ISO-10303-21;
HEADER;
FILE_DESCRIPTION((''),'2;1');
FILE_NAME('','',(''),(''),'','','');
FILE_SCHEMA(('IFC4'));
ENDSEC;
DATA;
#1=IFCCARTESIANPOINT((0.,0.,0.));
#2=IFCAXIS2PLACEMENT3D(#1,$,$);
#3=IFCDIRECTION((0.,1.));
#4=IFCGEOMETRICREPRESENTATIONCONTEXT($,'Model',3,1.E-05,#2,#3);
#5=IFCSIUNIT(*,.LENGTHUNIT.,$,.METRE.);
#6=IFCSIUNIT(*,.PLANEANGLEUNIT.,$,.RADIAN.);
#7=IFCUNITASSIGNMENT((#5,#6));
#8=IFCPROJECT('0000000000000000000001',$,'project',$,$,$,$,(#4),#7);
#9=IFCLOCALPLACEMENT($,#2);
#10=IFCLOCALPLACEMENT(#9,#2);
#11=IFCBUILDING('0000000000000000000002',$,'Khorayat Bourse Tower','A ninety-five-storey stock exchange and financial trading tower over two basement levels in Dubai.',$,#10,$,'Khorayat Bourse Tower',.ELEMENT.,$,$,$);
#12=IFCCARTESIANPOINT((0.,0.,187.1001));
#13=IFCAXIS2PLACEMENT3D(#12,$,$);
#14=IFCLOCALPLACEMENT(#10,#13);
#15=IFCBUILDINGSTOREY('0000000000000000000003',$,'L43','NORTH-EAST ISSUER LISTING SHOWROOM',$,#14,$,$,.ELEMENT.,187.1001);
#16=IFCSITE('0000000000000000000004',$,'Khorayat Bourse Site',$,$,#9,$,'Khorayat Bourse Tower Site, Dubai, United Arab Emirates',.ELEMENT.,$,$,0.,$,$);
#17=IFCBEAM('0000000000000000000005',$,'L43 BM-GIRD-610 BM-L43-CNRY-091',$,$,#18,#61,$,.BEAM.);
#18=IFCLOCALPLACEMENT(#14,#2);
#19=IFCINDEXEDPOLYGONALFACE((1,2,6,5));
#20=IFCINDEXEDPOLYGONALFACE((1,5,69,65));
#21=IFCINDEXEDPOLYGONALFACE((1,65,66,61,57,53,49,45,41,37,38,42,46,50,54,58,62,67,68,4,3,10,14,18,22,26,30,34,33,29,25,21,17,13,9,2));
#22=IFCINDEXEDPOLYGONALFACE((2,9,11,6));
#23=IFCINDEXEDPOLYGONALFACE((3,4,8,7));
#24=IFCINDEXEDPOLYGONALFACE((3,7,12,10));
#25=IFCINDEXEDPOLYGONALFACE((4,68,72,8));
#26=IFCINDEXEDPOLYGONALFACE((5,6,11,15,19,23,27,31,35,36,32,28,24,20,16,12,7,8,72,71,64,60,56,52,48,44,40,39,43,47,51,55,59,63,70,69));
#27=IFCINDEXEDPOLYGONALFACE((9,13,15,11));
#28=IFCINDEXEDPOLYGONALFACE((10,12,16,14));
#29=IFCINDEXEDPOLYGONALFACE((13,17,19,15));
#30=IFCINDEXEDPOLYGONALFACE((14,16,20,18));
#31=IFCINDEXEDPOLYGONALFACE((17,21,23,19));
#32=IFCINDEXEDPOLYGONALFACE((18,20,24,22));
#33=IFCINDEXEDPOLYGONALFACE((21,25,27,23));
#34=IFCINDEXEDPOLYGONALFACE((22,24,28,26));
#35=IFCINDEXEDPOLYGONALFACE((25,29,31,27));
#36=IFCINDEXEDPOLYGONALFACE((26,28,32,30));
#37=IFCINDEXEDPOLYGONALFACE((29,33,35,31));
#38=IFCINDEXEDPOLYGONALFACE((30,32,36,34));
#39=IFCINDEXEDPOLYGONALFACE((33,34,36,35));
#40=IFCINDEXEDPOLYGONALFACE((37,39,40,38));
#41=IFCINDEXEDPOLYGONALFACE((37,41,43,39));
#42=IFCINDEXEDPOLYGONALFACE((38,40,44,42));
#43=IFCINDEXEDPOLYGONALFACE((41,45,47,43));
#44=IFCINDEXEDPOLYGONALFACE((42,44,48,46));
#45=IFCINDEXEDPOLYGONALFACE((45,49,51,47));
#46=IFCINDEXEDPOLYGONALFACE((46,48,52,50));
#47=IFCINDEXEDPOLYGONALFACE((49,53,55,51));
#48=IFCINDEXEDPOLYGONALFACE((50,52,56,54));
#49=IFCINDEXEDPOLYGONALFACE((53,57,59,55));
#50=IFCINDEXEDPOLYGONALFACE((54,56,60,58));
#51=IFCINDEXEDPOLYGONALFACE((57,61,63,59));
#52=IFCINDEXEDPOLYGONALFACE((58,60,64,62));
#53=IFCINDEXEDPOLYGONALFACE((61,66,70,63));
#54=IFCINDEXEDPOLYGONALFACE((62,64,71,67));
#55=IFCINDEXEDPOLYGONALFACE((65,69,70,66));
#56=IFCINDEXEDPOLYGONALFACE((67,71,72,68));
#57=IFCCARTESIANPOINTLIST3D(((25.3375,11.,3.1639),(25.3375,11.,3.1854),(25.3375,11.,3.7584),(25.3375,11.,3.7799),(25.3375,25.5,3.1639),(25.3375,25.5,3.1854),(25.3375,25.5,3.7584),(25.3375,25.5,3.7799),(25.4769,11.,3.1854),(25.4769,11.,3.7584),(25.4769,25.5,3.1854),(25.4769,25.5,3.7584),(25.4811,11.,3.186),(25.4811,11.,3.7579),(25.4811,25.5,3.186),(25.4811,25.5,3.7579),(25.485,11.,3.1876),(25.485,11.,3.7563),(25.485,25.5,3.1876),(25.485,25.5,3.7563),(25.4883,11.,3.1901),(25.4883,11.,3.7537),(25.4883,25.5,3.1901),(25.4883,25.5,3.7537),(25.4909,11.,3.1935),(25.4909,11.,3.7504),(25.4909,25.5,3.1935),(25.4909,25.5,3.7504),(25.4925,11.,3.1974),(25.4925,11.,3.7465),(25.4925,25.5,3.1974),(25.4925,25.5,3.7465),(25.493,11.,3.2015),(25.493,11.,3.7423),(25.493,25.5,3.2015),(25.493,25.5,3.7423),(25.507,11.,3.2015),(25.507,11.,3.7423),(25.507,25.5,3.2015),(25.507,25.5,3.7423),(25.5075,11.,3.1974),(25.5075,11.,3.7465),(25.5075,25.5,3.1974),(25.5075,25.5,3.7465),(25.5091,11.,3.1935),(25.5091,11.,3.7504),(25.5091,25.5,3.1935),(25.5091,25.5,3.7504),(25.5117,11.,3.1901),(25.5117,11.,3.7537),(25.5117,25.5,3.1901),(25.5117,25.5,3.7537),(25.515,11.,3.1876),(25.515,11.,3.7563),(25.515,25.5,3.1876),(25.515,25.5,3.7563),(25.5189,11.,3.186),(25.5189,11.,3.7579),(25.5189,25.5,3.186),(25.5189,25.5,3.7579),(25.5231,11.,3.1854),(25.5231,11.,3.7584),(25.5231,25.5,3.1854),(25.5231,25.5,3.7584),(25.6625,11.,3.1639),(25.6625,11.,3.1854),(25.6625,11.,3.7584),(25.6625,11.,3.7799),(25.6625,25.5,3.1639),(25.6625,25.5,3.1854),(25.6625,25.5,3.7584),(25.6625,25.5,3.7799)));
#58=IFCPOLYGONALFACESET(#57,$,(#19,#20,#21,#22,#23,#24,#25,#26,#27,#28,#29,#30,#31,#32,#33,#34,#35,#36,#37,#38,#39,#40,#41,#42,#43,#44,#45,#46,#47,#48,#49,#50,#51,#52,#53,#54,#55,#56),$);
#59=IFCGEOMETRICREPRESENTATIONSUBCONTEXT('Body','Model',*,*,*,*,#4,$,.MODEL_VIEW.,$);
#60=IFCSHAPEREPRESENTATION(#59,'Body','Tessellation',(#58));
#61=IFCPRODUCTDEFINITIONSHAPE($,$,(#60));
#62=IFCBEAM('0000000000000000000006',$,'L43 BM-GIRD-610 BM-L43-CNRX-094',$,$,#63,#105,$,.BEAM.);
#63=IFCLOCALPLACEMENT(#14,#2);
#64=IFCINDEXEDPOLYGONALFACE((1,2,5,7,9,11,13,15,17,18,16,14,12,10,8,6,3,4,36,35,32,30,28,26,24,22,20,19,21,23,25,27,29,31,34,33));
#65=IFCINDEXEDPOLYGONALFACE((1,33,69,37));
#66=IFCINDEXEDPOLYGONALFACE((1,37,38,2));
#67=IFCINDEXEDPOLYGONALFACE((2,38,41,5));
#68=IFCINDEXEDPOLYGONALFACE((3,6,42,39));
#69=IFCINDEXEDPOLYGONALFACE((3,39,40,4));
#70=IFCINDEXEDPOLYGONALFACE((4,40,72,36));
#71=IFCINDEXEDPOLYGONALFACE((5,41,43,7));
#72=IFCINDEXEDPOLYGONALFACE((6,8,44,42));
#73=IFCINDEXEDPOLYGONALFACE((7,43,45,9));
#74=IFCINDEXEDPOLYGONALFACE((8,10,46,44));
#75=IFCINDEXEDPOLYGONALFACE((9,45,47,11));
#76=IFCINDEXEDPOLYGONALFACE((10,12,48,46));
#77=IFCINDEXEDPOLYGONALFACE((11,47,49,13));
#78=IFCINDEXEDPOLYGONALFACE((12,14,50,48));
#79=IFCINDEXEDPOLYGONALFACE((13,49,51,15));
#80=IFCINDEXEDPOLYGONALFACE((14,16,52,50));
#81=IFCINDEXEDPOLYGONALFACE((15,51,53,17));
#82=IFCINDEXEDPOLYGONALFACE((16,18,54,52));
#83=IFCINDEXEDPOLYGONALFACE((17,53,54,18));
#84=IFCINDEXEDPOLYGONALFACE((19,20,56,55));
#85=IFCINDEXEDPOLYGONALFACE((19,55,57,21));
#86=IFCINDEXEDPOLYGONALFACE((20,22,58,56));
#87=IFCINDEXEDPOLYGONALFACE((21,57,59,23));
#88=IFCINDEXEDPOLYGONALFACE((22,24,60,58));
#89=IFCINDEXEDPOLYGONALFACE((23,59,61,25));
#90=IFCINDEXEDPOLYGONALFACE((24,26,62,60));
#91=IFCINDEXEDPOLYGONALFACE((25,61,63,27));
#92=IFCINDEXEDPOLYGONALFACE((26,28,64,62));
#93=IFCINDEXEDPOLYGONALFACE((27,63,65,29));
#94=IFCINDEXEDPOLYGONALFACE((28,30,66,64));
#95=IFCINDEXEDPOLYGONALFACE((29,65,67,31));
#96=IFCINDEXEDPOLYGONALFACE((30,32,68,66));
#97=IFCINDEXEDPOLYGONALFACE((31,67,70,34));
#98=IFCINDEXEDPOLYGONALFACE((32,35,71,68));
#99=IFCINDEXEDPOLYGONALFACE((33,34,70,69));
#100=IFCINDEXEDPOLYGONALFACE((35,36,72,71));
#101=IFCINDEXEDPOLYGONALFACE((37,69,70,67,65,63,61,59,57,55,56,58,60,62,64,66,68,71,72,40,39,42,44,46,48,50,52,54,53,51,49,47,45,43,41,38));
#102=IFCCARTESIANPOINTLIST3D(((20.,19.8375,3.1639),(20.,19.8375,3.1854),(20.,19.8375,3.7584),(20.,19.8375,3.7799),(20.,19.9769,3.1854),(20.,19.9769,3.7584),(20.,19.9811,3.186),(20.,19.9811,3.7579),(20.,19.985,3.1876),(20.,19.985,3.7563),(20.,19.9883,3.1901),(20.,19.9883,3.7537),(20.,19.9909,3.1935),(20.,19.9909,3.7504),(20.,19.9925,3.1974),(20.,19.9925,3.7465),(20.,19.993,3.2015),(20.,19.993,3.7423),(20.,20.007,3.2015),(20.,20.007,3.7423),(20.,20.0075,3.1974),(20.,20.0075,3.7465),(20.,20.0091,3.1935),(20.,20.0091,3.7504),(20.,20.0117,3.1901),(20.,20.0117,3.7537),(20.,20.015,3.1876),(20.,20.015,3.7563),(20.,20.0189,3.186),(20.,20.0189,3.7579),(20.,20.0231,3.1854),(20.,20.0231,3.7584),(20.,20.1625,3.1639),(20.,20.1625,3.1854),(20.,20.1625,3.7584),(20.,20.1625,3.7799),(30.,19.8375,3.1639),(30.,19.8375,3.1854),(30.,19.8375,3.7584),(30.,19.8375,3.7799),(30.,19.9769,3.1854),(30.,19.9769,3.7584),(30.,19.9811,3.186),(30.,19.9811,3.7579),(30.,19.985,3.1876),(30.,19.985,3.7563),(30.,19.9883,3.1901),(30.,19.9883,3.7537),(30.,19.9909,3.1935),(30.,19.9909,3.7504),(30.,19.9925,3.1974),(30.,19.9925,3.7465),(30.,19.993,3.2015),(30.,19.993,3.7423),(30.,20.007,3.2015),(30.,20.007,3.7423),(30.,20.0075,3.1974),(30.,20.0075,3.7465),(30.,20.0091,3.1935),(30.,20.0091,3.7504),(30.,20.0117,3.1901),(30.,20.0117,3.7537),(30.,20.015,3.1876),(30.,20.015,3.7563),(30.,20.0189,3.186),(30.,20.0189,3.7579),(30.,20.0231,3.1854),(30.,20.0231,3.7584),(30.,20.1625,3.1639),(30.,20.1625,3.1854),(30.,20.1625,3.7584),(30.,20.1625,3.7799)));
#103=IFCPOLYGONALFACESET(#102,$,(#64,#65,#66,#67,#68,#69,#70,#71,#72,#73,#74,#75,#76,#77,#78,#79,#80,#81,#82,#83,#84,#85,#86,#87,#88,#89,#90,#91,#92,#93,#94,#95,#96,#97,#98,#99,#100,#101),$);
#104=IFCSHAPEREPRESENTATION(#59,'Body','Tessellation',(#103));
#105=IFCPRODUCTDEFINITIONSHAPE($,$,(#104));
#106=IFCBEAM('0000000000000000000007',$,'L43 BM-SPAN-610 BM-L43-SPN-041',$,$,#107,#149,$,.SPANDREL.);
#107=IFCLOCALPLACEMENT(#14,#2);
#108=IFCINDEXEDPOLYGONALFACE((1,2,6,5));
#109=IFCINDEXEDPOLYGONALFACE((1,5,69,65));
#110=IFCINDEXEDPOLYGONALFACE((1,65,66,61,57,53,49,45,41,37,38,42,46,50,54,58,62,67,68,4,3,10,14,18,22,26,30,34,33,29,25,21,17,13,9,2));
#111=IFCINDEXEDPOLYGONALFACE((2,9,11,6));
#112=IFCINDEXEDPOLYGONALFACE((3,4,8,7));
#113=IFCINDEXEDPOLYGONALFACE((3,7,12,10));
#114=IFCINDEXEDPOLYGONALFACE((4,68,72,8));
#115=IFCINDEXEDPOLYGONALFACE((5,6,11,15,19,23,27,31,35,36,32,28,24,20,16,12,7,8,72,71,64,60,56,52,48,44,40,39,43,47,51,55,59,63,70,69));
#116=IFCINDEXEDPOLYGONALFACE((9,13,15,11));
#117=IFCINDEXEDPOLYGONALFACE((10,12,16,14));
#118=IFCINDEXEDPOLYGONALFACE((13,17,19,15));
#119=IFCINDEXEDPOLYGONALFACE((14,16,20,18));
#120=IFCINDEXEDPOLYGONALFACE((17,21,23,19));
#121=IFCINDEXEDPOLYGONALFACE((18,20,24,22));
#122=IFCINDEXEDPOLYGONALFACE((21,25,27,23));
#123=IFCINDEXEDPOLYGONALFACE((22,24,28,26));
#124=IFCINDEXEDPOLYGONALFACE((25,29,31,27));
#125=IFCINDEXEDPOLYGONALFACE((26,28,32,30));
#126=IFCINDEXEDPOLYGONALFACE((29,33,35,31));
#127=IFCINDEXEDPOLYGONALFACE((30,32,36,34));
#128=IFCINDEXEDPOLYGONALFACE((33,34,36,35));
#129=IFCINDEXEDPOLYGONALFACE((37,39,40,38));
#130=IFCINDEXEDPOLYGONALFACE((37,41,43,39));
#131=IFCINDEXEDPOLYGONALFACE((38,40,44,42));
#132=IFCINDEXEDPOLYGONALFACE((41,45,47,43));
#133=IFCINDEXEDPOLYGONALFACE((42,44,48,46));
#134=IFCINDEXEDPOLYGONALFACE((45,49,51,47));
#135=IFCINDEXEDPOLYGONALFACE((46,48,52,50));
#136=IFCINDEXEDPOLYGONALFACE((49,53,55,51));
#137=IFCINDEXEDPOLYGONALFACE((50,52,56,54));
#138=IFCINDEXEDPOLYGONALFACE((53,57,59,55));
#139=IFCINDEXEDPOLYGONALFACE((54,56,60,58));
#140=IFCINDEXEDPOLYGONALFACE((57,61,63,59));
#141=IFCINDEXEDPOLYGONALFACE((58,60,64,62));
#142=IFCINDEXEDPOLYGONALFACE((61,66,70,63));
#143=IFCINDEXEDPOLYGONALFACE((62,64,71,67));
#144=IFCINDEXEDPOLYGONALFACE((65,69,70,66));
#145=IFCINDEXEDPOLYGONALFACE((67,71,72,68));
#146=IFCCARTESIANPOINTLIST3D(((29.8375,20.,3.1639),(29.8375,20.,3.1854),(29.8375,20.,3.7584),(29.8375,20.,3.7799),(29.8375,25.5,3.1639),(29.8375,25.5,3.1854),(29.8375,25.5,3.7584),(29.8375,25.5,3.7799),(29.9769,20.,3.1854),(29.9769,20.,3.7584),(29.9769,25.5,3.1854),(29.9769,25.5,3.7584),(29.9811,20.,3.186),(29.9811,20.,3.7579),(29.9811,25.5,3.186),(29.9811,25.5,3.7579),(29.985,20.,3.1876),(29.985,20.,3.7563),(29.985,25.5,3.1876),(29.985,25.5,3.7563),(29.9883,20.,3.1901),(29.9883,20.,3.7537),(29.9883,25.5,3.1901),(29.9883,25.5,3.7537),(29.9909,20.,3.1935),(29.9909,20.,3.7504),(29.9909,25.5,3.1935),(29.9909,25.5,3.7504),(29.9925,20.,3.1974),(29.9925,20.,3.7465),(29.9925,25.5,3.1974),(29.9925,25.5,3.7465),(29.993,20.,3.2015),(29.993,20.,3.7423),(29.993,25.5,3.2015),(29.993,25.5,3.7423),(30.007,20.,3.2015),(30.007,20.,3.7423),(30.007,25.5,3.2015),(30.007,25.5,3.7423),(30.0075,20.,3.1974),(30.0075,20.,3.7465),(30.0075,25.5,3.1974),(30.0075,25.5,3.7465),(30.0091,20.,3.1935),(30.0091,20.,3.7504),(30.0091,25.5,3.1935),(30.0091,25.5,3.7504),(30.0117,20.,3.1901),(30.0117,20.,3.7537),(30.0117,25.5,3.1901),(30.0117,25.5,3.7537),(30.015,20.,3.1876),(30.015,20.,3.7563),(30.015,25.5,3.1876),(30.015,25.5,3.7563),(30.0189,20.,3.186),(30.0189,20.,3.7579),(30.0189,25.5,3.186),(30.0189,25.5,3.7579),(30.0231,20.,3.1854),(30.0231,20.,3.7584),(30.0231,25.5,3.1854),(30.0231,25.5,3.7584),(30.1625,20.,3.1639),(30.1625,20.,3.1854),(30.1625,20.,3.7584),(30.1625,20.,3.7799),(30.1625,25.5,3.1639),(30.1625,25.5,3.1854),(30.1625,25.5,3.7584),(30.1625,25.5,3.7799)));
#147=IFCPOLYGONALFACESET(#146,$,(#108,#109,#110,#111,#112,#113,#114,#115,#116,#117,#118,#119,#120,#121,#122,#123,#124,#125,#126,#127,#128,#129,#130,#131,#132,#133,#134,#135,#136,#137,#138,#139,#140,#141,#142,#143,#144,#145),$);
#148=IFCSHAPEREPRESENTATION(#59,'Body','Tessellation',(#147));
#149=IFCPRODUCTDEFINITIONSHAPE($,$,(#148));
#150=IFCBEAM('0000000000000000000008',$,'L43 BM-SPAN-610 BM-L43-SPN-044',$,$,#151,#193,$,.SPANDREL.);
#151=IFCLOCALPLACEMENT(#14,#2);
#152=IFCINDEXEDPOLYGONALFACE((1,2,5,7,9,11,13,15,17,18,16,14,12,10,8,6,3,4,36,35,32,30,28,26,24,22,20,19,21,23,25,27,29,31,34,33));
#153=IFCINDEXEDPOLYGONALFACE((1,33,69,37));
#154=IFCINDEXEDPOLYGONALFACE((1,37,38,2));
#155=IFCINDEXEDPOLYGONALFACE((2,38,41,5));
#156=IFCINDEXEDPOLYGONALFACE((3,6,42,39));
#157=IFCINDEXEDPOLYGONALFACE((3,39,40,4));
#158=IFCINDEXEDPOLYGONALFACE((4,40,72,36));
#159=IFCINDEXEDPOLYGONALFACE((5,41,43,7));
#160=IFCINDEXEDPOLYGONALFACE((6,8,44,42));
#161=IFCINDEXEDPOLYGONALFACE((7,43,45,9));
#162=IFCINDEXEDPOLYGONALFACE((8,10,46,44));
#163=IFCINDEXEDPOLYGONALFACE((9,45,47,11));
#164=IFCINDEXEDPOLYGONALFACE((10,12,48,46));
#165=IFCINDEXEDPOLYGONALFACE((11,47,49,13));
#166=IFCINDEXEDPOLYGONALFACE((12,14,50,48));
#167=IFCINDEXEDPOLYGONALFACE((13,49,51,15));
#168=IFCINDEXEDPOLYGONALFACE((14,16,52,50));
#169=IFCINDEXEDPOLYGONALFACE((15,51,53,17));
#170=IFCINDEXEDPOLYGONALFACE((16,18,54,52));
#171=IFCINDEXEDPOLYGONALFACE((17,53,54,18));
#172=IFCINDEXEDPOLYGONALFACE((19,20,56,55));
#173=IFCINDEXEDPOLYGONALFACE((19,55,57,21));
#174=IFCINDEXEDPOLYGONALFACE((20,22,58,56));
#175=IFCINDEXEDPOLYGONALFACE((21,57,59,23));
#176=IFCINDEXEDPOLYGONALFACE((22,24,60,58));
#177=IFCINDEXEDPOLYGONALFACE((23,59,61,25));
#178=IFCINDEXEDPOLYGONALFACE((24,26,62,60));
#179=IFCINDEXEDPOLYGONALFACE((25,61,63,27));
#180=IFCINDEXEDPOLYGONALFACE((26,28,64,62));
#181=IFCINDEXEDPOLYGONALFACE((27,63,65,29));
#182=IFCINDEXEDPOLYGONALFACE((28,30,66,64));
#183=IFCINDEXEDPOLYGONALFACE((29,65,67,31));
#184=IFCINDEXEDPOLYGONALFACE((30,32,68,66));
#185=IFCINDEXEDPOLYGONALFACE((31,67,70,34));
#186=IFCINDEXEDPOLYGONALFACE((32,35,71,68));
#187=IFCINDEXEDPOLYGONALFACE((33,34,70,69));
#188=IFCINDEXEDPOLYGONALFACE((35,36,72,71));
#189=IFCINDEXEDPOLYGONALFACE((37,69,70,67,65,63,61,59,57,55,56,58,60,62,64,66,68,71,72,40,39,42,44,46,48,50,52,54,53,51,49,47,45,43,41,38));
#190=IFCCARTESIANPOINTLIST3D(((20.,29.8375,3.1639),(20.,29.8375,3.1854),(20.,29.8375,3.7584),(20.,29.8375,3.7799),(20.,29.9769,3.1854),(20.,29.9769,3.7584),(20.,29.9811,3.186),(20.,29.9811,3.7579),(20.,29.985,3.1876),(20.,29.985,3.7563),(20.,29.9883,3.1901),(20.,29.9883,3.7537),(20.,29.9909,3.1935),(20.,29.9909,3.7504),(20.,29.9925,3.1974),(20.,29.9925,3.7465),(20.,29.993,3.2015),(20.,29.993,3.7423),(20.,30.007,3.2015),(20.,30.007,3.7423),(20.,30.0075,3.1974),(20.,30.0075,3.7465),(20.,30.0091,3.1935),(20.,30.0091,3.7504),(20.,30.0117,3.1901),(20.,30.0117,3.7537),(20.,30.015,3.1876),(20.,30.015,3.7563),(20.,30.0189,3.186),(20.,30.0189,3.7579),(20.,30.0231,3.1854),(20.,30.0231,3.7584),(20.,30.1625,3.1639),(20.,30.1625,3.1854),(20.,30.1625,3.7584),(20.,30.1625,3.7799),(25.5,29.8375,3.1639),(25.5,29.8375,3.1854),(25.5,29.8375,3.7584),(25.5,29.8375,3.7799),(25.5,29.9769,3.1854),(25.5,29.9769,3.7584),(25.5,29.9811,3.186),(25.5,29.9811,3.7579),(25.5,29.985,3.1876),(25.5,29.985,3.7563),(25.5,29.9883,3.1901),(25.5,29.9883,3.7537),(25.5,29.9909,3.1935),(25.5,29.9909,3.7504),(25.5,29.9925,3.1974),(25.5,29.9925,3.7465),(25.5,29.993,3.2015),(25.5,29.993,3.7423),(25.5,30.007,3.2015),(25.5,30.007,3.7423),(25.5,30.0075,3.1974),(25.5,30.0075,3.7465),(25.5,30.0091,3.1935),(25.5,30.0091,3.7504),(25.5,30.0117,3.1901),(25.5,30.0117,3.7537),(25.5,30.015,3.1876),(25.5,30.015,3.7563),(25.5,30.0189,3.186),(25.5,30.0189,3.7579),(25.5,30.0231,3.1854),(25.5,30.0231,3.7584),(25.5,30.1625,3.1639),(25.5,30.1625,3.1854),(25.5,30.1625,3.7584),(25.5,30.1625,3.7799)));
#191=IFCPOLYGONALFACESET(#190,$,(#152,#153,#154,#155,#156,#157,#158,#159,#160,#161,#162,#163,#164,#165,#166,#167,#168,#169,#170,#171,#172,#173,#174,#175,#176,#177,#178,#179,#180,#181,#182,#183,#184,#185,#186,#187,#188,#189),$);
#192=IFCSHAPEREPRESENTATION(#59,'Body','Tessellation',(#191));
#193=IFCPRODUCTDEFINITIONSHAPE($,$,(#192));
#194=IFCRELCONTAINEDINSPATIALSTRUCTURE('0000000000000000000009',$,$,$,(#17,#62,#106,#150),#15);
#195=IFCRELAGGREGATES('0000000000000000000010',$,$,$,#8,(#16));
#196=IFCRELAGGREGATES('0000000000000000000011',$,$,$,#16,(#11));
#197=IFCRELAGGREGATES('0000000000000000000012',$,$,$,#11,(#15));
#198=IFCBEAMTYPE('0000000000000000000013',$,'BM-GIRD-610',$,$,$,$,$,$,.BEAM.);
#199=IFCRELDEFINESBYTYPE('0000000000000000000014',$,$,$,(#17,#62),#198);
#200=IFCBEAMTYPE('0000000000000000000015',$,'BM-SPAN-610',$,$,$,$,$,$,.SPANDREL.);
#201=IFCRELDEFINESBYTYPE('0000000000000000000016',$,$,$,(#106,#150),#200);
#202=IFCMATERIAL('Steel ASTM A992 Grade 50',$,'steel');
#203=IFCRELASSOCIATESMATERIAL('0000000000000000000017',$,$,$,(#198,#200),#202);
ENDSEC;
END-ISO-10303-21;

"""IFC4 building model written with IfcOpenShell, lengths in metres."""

from ifc_helpers import new_model, si_unit, direction, frame, origin, origin_2d, place, context, subcontext, project, spatial, i_section, extrude, source, transform, mapped, material, material_profile, profile_set, type_object, element, save


model = new_model("IFC4")

# Units and contexts
model_context = context("Model", 3, precision=1e-05, world=origin(), true_north=direction((0.0, 1.0)))
body_context = subcontext(model_context, "Body", "Model", "MODEL_VIEW")
ifc_project = project(units=[si_unit("LENGTHUNIT", "METRE"), si_unit("PLANEANGLEUNIT", "RADIAN")], contexts=[model_context])

# Site, building, storey
site_placement = place(None, origin())
site = spatial("IfcSite", under=ifc_project, at=site_placement, Name="Khorayat Bourse Site", LongName="Khorayat Bourse Tower Site, Dubai, United Arab Emirates", CompositionType="ELEMENT", RefElevation=0.0)
building_placement = place(site_placement, origin())
building = spatial("IfcBuilding", under=site, at=building_placement, Name="Khorayat Bourse Tower", Description="A ninety-five-storey stock exchange and financial trading tower over two basement levels in Dubai.", LongName="Khorayat Bourse Tower", CompositionType="ELEMENT")
storey_placement = place(building_placement, frame((0.0, 0.0, 187.1001)))
storey = spatial("IfcBuildingStorey", under=building, at=storey_placement, Name="L43", Description="NORTH-EAST ISSUER LISTING SHOWROOM", CompositionType="ELEMENT", Elevation=187.1001)

# Beams
ifc_material_1 = material(Name="Steel ASTM A992 Grade 50", Category="steel")
ifc_material_profile_1 = material_profile(ifc_material_1, i_section(OverallWidth=0.325, OverallDepth=0.616, WebThickness=0.0139, FlangeThickness=0.0215, FilletRadius=0.0161, at=origin_2d()), Name="W610X174")
ifc_profile_set_1 = profile_set([ifc_material_profile_1], Name="Steel ASTM A992 Grade 50")
beam_type_1 = type_object("IfcBeamType", Name="BM-GIRD-610", PredefinedType="BEAM", material=ifc_profile_set_1)
shared_shape_1 = source(origin(), body_context, "Body", "SweptSolid", [
    extrude(i_section(OverallWidth=0.325, OverallDepth=0.616, WebThickness=0.0139, FlangeThickness=0.0215, FilletRadius=0.0161, at=origin_2d()), origin(), (0.0, 0.0, 1.0), 14.5),
])
beam_1_placement = place(storey_placement, frame((25.5, 11.0, 3.4719), z_axis=(0.0, 1.0, 0.0), x_axis=(-1.0, 0.0, 0.0)))
element("IfcBeam", 1, at=beam_1_placement, inside=storey, type_object=beam_type_1, Name="L43 BM-GIRD-610 BM-L43-CNRY-091", PredefinedType="BEAM", context=body_context, shape_type="MappedRepresentation", body=[
    mapped(shared_shape_1, transform((0.0, 0.0, 0.0), scale=1.0)),
])
shared_shape_2 = source(origin(), body_context, "Body", "SweptSolid", [
    extrude(i_section(OverallWidth=0.325, OverallDepth=0.616, WebThickness=0.0139, FlangeThickness=0.0215, FilletRadius=0.0161, at=origin_2d()), origin(), (0.0, 0.0, 1.0), 10.0),
])
beam_2_placement = place(storey_placement, frame((20.0, 20.0, 3.4719), z_axis=(1.0, 0.0, 0.0), x_axis=(0.0, 1.0, 0.0)))
element("IfcBeam", 2, at=beam_2_placement, inside=storey, type_object=beam_type_1, Name="L43 BM-GIRD-610 BM-L43-CNRX-094", PredefinedType="BEAM", context=body_context, shape_type="MappedRepresentation", body=[
    mapped(shared_shape_2, transform((0.0, 0.0, 0.0), scale=1.0)),
])
ifc_material_profile_2 = material_profile(ifc_material_1, i_section(OverallWidth=0.325, OverallDepth=0.616, WebThickness=0.0139, FlangeThickness=0.0215, FilletRadius=0.0161, at=origin_2d()), Name="W610X174")
ifc_profile_set_2 = profile_set([ifc_material_profile_2], Name="Steel ASTM A992 Grade 50")
beam_type_2 = type_object("IfcBeamType", Name="BM-SPAN-610", PredefinedType="SPANDREL", material=ifc_profile_set_2)
shared_shape_3 = source(origin(), body_context, "Body", "SweptSolid", [
    extrude(i_section(OverallWidth=0.325, OverallDepth=0.616, WebThickness=0.0139, FlangeThickness=0.0215, FilletRadius=0.0161, at=origin_2d()), origin(), (0.0, 0.0, 1.0), 5.5),
])
for number, where, z_axis, x_axis, name in (
    (3, (30.0, 20.0, 3.4719), (0.0, 1.0, 0.0), (-1.0, 0.0, 0.0), "L43 BM-SPAN-610 BM-L43-SPN-041"),
    (4, (20.0, 30.0, 3.4719), (1.0, 0.0, 0.0), (0.0, 1.0, 0.0), "L43 BM-SPAN-610 BM-L43-SPN-044"),
):
    element("IfcBeam", number, at=place(storey_placement, frame(where, z_axis=z_axis, x_axis=x_axis)), inside=storey, type_object=beam_type_2, Name=name, PredefinedType="SPANDREL", context=body_context, shape_type="MappedRepresentation", body=[
        mapped(shared_shape_3, transform((0.0, 0.0, 0.0), scale=1.0)),
    ])

save(model, "model.ifc")
